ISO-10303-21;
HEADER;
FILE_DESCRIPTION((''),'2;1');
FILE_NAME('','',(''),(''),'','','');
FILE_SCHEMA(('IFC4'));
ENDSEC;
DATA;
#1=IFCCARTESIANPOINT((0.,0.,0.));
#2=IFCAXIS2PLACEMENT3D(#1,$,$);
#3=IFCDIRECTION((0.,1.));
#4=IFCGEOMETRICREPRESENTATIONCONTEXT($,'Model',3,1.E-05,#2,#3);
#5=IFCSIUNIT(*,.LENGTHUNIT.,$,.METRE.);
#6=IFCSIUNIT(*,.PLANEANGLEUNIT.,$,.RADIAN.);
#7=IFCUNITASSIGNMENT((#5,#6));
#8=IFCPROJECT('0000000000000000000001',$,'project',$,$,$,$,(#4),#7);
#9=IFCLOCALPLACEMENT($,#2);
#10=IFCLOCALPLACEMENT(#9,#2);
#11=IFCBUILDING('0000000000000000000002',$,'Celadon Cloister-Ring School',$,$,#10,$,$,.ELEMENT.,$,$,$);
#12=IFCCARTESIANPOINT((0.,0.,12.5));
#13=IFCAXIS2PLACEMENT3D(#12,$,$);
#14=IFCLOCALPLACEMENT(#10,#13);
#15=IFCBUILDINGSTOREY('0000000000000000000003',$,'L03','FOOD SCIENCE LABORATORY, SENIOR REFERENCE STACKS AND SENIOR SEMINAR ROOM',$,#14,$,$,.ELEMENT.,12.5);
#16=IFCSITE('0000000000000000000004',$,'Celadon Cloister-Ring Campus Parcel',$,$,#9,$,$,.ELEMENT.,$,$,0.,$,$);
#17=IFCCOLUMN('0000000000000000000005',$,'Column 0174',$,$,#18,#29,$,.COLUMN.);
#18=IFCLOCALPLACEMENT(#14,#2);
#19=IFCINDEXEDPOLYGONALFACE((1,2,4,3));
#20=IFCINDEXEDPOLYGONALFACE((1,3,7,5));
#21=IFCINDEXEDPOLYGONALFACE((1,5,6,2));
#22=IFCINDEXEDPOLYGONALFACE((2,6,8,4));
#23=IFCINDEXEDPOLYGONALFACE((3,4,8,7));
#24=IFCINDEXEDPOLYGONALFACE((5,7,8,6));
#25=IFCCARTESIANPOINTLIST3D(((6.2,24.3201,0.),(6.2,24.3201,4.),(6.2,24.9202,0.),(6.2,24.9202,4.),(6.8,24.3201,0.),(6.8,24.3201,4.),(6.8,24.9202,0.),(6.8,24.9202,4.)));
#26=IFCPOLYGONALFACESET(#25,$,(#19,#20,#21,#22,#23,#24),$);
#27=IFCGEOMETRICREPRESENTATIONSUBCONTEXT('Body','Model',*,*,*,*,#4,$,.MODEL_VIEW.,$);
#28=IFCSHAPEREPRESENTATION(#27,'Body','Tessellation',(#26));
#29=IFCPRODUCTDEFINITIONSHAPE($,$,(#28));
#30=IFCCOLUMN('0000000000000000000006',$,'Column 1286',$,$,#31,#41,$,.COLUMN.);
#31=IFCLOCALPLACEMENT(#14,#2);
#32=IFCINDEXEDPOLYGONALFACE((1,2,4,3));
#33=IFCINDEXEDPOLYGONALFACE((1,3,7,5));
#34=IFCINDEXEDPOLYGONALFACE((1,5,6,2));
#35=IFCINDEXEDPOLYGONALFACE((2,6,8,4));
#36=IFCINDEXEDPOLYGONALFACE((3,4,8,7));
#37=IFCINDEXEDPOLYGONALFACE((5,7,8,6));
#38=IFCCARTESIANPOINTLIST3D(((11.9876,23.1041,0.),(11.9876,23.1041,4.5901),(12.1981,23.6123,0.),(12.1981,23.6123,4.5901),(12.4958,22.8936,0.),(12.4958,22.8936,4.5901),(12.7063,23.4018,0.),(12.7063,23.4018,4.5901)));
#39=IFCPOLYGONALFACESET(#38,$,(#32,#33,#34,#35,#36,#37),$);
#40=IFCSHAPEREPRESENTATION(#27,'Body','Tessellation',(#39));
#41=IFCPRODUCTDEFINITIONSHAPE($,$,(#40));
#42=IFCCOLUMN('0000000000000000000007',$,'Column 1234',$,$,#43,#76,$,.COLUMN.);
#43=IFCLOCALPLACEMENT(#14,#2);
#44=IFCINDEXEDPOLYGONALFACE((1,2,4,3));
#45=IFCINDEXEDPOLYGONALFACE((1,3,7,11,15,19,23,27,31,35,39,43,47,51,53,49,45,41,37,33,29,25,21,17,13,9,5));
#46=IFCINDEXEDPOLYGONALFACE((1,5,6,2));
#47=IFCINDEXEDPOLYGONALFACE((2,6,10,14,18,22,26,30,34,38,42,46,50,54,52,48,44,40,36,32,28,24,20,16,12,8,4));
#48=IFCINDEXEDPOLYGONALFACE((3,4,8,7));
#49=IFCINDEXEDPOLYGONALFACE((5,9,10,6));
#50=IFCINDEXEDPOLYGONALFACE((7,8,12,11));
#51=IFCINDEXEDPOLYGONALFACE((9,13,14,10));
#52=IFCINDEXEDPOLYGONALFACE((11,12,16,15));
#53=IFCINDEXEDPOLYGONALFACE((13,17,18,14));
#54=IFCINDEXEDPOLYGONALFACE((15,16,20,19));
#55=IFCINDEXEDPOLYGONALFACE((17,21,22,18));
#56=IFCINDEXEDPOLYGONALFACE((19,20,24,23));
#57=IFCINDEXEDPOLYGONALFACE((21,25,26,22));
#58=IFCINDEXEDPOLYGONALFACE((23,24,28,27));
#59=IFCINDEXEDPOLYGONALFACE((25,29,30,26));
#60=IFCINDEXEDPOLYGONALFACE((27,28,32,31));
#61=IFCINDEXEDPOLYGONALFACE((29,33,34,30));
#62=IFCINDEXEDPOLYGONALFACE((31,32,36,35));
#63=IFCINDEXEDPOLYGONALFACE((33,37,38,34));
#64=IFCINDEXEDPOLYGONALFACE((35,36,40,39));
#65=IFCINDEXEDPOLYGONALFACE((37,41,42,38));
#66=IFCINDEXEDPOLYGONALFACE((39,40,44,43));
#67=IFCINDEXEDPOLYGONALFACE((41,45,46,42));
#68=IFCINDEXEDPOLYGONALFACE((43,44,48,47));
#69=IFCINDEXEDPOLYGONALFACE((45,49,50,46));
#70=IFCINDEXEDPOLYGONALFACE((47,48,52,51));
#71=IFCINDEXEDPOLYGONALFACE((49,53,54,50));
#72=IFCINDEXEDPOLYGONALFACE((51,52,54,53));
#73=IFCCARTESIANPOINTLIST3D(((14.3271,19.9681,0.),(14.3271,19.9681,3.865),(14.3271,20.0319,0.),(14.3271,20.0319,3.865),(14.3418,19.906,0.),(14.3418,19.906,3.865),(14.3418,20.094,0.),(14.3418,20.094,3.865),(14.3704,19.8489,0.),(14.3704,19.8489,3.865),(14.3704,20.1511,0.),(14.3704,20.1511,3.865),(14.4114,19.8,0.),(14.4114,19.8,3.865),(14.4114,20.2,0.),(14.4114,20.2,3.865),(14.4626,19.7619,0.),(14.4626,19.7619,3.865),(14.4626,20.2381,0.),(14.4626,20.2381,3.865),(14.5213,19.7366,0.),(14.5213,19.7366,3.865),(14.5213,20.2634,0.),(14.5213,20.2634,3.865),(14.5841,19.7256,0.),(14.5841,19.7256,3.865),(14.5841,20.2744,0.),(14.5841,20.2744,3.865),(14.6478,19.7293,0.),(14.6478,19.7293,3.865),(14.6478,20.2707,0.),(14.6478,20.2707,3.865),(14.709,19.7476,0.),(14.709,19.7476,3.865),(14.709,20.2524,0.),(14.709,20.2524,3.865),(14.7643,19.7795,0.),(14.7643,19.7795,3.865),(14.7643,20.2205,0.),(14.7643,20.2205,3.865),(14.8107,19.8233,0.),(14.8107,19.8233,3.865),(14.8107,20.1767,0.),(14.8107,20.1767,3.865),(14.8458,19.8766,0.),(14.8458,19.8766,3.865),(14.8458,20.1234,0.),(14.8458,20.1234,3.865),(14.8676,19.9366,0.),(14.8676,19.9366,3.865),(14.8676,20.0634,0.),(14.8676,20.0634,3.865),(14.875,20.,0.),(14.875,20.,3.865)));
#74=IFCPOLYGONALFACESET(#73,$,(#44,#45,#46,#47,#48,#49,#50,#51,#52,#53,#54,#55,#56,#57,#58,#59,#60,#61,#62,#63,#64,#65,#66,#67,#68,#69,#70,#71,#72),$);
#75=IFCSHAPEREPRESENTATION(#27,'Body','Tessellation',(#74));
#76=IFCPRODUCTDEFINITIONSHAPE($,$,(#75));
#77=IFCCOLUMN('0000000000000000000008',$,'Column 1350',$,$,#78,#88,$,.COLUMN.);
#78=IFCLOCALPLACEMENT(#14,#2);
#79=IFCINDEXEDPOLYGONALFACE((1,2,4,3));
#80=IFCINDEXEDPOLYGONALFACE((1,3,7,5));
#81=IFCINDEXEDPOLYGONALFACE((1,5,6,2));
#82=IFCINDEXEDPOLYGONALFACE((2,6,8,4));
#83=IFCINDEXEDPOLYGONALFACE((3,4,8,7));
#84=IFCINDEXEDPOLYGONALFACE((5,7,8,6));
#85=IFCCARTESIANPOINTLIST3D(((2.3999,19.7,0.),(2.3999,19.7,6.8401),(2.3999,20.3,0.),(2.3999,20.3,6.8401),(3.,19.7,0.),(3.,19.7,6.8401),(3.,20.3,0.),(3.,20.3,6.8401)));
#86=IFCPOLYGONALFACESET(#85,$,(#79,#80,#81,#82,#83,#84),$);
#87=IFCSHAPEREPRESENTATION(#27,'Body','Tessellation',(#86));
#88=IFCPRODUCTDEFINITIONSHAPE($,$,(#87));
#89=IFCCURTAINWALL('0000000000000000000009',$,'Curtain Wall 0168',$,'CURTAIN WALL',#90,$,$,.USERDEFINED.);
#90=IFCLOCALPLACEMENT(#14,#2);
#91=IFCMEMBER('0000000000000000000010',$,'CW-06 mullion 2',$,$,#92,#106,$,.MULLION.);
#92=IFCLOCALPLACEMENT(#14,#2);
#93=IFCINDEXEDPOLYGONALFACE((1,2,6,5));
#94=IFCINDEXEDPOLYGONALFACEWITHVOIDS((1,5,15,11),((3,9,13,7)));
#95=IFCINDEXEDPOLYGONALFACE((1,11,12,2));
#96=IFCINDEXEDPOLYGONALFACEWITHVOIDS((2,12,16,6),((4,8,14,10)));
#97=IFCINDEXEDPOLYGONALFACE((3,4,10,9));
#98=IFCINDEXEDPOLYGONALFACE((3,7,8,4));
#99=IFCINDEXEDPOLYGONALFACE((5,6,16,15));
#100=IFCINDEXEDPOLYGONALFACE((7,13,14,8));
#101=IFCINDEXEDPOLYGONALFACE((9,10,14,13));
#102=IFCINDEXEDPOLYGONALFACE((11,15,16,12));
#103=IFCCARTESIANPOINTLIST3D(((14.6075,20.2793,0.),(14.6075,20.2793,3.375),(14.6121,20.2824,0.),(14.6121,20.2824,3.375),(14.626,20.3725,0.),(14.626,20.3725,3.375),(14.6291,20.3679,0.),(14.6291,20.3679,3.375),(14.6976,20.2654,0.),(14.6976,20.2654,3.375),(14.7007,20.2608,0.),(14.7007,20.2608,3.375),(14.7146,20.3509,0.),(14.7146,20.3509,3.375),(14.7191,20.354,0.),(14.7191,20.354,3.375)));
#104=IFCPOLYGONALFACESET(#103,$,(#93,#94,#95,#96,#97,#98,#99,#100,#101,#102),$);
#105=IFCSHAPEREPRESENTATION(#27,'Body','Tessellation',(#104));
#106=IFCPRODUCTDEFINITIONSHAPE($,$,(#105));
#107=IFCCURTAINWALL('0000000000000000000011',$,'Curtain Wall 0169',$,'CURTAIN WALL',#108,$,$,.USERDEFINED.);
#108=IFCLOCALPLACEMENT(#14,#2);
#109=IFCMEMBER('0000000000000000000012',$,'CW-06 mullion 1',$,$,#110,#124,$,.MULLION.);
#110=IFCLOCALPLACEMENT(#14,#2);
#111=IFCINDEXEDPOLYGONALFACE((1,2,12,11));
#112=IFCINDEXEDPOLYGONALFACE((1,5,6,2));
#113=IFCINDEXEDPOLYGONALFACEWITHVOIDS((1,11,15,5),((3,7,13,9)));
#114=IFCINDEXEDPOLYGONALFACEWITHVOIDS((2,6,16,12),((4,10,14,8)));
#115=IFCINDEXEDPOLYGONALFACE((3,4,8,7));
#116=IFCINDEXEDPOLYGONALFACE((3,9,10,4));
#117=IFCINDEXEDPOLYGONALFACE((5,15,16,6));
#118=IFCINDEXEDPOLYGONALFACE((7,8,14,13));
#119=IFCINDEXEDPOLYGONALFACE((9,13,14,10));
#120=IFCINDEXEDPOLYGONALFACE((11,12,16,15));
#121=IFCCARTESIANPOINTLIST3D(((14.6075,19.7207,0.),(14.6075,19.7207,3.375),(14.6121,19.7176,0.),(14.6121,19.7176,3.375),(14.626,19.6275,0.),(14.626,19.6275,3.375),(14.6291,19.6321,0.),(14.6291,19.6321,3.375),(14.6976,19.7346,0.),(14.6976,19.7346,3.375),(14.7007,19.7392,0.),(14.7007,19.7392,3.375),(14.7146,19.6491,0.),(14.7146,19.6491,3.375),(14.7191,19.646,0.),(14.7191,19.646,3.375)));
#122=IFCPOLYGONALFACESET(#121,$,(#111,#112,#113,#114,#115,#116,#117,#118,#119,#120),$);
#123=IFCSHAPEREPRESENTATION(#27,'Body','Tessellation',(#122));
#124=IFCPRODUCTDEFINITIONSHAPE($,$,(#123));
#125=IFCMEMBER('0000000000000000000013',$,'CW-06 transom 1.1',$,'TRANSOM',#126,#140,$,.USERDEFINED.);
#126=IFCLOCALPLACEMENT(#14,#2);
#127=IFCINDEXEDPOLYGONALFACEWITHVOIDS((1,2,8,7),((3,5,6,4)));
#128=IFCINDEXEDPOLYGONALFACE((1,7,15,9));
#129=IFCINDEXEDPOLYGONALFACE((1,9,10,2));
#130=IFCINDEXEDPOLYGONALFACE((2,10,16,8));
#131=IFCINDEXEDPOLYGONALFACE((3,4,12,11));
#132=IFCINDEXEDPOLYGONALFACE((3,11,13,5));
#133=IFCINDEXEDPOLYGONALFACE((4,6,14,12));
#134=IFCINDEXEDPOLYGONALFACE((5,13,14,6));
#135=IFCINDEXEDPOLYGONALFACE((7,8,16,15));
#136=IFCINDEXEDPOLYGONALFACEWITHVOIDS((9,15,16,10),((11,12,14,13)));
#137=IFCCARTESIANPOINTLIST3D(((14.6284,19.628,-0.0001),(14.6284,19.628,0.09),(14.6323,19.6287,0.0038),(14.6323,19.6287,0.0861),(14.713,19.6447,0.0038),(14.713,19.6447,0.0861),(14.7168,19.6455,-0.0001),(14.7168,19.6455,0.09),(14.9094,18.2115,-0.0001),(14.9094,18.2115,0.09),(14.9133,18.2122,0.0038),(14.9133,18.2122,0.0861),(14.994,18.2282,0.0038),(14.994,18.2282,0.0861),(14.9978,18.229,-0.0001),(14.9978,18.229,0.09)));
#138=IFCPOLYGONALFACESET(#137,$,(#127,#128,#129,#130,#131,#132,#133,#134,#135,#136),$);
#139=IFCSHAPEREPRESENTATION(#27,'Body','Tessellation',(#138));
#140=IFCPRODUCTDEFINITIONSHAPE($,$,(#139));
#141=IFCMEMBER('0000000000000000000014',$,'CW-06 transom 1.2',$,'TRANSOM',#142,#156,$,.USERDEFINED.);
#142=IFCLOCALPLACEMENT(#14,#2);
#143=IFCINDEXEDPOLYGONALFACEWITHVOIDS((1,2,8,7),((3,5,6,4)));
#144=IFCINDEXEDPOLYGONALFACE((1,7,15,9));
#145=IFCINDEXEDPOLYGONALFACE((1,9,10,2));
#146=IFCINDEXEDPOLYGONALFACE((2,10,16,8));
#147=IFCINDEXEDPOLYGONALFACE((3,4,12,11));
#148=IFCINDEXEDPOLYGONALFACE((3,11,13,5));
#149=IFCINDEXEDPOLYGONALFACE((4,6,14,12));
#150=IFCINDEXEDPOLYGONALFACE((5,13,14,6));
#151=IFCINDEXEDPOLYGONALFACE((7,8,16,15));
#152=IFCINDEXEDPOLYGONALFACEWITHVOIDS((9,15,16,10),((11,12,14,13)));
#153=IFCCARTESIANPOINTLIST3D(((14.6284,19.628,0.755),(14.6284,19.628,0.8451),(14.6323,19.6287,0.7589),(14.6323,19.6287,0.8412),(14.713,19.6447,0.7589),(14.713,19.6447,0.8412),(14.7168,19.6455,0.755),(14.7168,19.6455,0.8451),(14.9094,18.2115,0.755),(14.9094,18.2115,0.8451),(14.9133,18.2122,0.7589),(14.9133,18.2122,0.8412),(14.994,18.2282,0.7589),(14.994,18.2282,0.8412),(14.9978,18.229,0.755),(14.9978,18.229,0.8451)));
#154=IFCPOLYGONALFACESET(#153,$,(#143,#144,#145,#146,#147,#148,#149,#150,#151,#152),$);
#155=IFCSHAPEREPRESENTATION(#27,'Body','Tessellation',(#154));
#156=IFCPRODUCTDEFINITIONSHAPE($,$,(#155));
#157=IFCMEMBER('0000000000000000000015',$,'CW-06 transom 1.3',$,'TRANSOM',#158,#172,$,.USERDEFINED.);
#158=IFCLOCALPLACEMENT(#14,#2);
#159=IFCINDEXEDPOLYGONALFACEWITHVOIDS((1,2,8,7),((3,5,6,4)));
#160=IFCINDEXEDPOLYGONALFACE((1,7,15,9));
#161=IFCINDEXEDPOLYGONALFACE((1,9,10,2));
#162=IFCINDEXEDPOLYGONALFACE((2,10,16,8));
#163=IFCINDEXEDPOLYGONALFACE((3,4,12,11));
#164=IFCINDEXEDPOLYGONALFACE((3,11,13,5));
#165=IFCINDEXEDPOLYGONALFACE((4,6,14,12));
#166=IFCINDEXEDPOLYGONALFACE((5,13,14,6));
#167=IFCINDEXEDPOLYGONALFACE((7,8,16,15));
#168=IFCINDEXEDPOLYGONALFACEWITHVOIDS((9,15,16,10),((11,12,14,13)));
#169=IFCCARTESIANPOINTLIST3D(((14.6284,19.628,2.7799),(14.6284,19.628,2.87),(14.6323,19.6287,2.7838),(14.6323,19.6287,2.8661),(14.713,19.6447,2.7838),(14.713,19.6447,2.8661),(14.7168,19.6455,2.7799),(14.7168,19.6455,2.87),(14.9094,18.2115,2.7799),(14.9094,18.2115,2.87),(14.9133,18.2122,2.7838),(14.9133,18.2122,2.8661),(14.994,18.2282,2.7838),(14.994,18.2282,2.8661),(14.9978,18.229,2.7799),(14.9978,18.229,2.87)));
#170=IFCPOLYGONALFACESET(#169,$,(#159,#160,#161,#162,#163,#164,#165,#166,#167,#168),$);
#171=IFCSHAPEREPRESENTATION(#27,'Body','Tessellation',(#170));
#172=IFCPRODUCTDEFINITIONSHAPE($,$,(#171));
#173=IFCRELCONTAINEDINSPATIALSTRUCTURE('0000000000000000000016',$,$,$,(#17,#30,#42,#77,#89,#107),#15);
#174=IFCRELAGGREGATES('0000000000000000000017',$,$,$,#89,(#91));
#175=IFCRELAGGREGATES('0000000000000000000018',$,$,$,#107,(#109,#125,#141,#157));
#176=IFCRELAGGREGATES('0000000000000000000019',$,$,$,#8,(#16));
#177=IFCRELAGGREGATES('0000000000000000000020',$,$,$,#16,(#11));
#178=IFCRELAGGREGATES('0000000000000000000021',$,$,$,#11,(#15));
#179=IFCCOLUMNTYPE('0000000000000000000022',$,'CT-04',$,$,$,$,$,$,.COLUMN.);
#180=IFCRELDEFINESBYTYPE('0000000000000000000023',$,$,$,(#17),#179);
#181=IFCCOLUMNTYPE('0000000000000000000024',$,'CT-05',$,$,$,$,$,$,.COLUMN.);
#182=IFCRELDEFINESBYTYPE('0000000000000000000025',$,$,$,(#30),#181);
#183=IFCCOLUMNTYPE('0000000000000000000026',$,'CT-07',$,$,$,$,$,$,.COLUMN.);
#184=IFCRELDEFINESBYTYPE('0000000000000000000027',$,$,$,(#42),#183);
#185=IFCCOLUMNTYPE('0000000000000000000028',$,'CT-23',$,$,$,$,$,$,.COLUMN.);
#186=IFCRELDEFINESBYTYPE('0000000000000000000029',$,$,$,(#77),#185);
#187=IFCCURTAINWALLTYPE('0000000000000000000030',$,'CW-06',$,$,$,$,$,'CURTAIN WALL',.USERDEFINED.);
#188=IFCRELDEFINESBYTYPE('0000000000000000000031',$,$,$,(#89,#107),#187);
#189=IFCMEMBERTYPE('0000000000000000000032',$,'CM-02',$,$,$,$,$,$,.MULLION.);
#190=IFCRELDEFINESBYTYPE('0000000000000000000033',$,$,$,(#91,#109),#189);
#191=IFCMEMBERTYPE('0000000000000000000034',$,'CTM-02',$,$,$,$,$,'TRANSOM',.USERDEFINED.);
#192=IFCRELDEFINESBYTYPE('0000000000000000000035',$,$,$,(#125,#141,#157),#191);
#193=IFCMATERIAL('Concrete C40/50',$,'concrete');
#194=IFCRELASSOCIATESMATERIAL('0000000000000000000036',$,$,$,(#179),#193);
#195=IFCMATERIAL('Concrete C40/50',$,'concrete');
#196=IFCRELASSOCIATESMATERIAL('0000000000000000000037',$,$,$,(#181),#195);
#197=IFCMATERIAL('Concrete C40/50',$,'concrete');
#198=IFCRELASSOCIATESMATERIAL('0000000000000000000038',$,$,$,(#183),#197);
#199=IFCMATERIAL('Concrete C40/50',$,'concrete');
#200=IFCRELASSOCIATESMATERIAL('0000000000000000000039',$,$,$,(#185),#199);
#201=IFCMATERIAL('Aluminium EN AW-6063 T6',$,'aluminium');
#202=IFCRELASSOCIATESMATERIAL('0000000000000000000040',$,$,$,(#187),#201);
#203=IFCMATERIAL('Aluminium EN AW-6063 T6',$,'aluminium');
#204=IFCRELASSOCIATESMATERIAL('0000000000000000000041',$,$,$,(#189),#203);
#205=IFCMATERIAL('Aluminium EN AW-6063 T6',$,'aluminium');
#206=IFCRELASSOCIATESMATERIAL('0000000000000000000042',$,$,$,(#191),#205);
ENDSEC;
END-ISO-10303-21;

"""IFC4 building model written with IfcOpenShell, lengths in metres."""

from ifc_helpers import new_model, si_unit, direction, frame, origin, origin_2d, place, context, subcontext, project, spatial, rectangle, hollow_rectangle, circle, extrude, material, material_profile, profile_set, type_object, element, aggregate, save


model = new_model("IFC4")

# Units and contexts
model_context = context("Model", 3, precision=1e-05, world=origin(), true_north=direction((0.0, 1.0)))
body_context = subcontext(model_context, "Body", "Model", "MODEL_VIEW")
ifc_project = project(units=[si_unit("LENGTHUNIT", "METRE"), si_unit("PLANEANGLEUNIT", "RADIAN")], contexts=[model_context])

# Site, building, storey
site_placement = place(None, origin())
site = spatial("IfcSite", under=ifc_project, at=site_placement, Name="Celadon Cloister-Ring Campus Parcel", CompositionType="ELEMENT", RefElevation=0.0)
building_placement = place(site_placement, origin())
building = spatial("IfcBuilding", under=site, at=building_placement, Name="Celadon Cloister-Ring School", CompositionType="ELEMENT")
storey_placement = place(building_placement, frame((0.0, 0.0, 12.5)))
storey = spatial("IfcBuildingStorey", under=building, at=storey_placement, Name="L03", Description="FOOD SCIENCE LABORATORY, SENIOR REFERENCE STACKS AND SENIOR SEMINAR ROOM", CompositionType="ELEMENT", Elevation=12.5)

# Columns
ifc_material_1 = material(Name="Concrete C40/50", Category="concrete")
ifc_material_profile_1 = material_profile(ifc_material_1, rectangle(XDim=0.6001, YDim=0.6001, at=origin_2d()), Name="RC600X600")
ifc_profile_set_1 = profile_set([ifc_material_profile_1], Name="Concrete C40/50")
column_type_1 = type_object("IfcColumnType", Name="CT-04", PredefinedType="COLUMN", material=ifc_profile_set_1)
column_1_placement = place(storey_placement, frame((6.5, 24.6201, 0.0), z_axis=(0.0, 0.0, 1.0), x_axis=(1.0, 0.0, 0.0)))
element("IfcColumn", 1, at=column_1_placement, inside=storey, type_object=column_type_1, Name="Column 0174", PredefinedType="COLUMN", context=body_context, shape_type="SweptSolid", body=[
    extrude(rectangle(XDim=0.6001, YDim=0.6001, at=origin_2d()), origin(), (0.0, 0.0, 1.0), 4.0),
])
ifc_material_2 = material(Name="Concrete C40/50", Category="concrete")
ifc_material_profile_2 = material_profile(ifc_material_2, rectangle(XDim=0.55, YDim=0.55, at=origin_2d()), Name="RC550X550")
ifc_profile_set_2 = profile_set([ifc_material_profile_2], Name="Concrete C40/50")
column_type_2 = type_object("IfcColumnType", Name="CT-05", PredefinedType="COLUMN", material=ifc_profile_set_2)
column_2_placement = place(storey_placement, frame((12.3469, 23.2529, 0.0), z_axis=(0.0, 0.0, 1.0), x_axis=(-0.92388, 0.382683, 0.0)))
element("IfcColumn", 2, at=column_2_placement, inside=storey, type_object=column_type_2, Name="Column 1286", PredefinedType="COLUMN", context=body_context, shape_type="SweptSolid", body=[
    extrude(rectangle(XDim=0.55, YDim=0.55, at=origin_2d()), origin(), (0.0, 0.0, 1.0), 4.5901),
])
ifc_material_3 = material(Name="Concrete C40/50", Category="concrete")
ifc_material_profile_3 = material_profile(ifc_material_3, circle(Radius=0.2749, at=origin_2d()), Name="CIRC550")
ifc_profile_set_3 = profile_set([ifc_material_profile_3], Name="Concrete C40/50")
column_type_3 = type_object("IfcColumnType", Name="CT-07", PredefinedType="COLUMN", material=ifc_profile_set_3)
column_3_placement = place(storey_placement, frame((14.6001, 20.0, 0.0), z_axis=(0.0, 0.0, 1.0), x_axis=(1.0, 0.0, 0.0)))
element("IfcColumn", 3, at=column_3_placement, inside=storey, type_object=column_type_3, Name="Column 1234", PredefinedType="COLUMN", context=body_context, shape_type="SweptSolid", body=[
    extrude(circle(Radius=0.2749, at=origin_2d()), origin(), (0.0, 0.0, 1.0), 3.865),
])
ifc_material_4 = material(Name="Concrete C40/50", Category="concrete")
ifc_material_profile_4 = material_profile(ifc_material_4, rectangle(XDim=0.6001, YDim=0.6001, at=origin_2d()), Name="RC600X600")
ifc_profile_set_4 = profile_set([ifc_material_profile_4], Name="Concrete C40/50")
column_type_4 = type_object("IfcColumnType", Name="CT-23", PredefinedType="COLUMN", material=ifc_profile_set_4)
column_4_placement = place(storey_placement, frame((2.7, 20.0, 0.0), z_axis=(0.0, 0.0, 1.0), x_axis=(-1.0, 0.0, 0.0)))
element("IfcColumn", 4, at=column_4_placement, inside=storey, type_object=column_type_4, Name="Column 1350", PredefinedType="COLUMN", context=body_context, shape_type="SweptSolid", body=[
    extrude(rectangle(XDim=0.6001, YDim=0.6001, at=origin_2d()), origin(), (0.0, 0.0, 1.0), 6.8401),
])

# Curtain wall, member
ifc_material_5 = material(Name="Aluminium EN AW-6063 T6", Category="aluminium")
curtain_wall_type = type_object("IfcCurtainWallType", Name="CW-06", ElementType="CURTAIN WALL", PredefinedType="USERDEFINED", material=ifc_material_5)
curtain_wall_1_placement = place(storey_placement, origin())
curtain_wall_1 = element("IfcCurtainWall", 5, at=curtain_wall_1_placement, inside=storey, type_object=curtain_wall_type, Name="Curtain Wall 0168", ObjectType="CURTAIN WALL", PredefinedType="USERDEFINED")
ifc_material_6 = material(Name="Aluminium EN AW-6063 T6", Category="aluminium")
ifc_material_profile_5 = material_profile(ifc_material_6, hollow_rectangle(XDim=0.095, YDim=0.095, WallThickness=0.0039, at=origin_2d()), Name="RHS95X95X4")
ifc_profile_set_5 = profile_set([ifc_material_profile_5], Name="Aluminium EN AW-6063 T6")
member_type_1 = type_object("IfcMemberType", Name="CM-02", PredefinedType="MULLION", material=ifc_profile_set_5)
member_1_placement = place(storey_placement, frame((14.6633, 20.3167, 0.0), z_axis=(0.0, 0.0, 1.0), x_axis=(0.980885, -0.194586, 0.0)))
member_1 = element("IfcMember", 6, at=member_1_placement, type_object=member_type_1, Name="CW-06 mullion 2", PredefinedType="MULLION", context=body_context, shape_type="SweptSolid", body=[
    extrude(hollow_rectangle(XDim=0.095, YDim=0.095, WallThickness=0.0039, at=origin_2d()), origin(), (0.0, 0.0, 1.0), 3.375),
])
aggregate(curtain_wall_1, [member_1])

# Curtain wall, members
curtain_wall_2_placement = place(storey_placement, origin())
curtain_wall_2 = element("IfcCurtainWall", 7, at=curtain_wall_2_placement, inside=storey, type_object=curtain_wall_type, Name="Curtain Wall 0169", ObjectType="CURTAIN WALL", PredefinedType="USERDEFINED")
member_2_placement = place(storey_placement, frame((14.6633, 19.6833, 0.0), z_axis=(0.0, 0.0, 1.0), x_axis=(0.980885, 0.194586, 0.0)))
member_2 = element("IfcMember", 8, at=member_2_placement, type_object=member_type_1, Name="CW-06 mullion 1", PredefinedType="MULLION", context=body_context, shape_type="SweptSolid", body=[
    extrude(hollow_rectangle(XDim=0.095, YDim=0.095, WallThickness=0.0039, at=origin_2d()), origin(), (0.0, 0.0, 1.0), 3.375),
])
ifc_material_7 = material(Name="Aluminium EN AW-6063 T6", Category="aluminium")
ifc_material_profile_6 = material_profile(ifc_material_7, hollow_rectangle(XDim=0.0901, YDim=0.0901, WallThickness=0.0039, at=origin_2d()), Name="RHS90X90X4")
ifc_profile_set_6 = profile_set([ifc_material_profile_6], Name="Aluminium EN AW-6063 T6")
member_type_2 = type_object("IfcMemberType", Name="CTM-02", ElementType="TRANSOM", PredefinedType="USERDEFINED", material=ifc_profile_set_6)
member_3_placement = place(storey_placement, frame((14.6726, 19.6367, 0.0449), z_axis=(0.194588, -0.980885, 0.0), x_axis=(0.980885, 0.194588, 0.0)))
member_3 = element("IfcMember", 9, at=member_3_placement, type_object=member_type_2, Name="CW-06 transom 1.1", ObjectType="TRANSOM", PredefinedType="USERDEFINED", context=body_context, shape_type="SweptSolid", body=[
    extrude(hollow_rectangle(XDim=0.0901, YDim=0.0901, WallThickness=0.0039, at=origin_2d()), origin(), (0.0, 0.0, 1.0), 1.4441),
])
member_4_placement = place(storey_placement, frame((14.6726, 19.6367, 0.8), z_axis=(0.194588, -0.980885, 0.0), x_axis=(0.980885, 0.194588, 0.0)))
member_4 = element("IfcMember", 10, at=member_4_placement, type_object=member_type_2, Name="CW-06 transom 1.2", ObjectType="TRANSOM", PredefinedType="USERDEFINED", context=body_context, shape_type="SweptSolid", body=[
    extrude(hollow_rectangle(XDim=0.0901, YDim=0.0901, WallThickness=0.0039, at=origin_2d()), origin(), (0.0, 0.0, 1.0), 1.4441),
])
member_5_placement = place(storey_placement, frame((14.6726, 19.6367, 2.825), z_axis=(0.194588, -0.980885, 0.0), x_axis=(0.980885, 0.194588, 0.0)))
member_5 = element("IfcMember", 11, at=member_5_placement, type_object=member_type_2, Name="CW-06 transom 1.3", ObjectType="TRANSOM", PredefinedType="USERDEFINED", context=body_context, shape_type="SweptSolid", body=[
    extrude(hollow_rectangle(XDim=0.0901, YDim=0.0901, WallThickness=0.0039, at=origin_2d()), origin(), (0.0, 0.0, 1.0), 1.4441),
])

aggregate(curtain_wall_2, [member_2, member_3, member_4, member_5])

save(model, "model.ifc")
